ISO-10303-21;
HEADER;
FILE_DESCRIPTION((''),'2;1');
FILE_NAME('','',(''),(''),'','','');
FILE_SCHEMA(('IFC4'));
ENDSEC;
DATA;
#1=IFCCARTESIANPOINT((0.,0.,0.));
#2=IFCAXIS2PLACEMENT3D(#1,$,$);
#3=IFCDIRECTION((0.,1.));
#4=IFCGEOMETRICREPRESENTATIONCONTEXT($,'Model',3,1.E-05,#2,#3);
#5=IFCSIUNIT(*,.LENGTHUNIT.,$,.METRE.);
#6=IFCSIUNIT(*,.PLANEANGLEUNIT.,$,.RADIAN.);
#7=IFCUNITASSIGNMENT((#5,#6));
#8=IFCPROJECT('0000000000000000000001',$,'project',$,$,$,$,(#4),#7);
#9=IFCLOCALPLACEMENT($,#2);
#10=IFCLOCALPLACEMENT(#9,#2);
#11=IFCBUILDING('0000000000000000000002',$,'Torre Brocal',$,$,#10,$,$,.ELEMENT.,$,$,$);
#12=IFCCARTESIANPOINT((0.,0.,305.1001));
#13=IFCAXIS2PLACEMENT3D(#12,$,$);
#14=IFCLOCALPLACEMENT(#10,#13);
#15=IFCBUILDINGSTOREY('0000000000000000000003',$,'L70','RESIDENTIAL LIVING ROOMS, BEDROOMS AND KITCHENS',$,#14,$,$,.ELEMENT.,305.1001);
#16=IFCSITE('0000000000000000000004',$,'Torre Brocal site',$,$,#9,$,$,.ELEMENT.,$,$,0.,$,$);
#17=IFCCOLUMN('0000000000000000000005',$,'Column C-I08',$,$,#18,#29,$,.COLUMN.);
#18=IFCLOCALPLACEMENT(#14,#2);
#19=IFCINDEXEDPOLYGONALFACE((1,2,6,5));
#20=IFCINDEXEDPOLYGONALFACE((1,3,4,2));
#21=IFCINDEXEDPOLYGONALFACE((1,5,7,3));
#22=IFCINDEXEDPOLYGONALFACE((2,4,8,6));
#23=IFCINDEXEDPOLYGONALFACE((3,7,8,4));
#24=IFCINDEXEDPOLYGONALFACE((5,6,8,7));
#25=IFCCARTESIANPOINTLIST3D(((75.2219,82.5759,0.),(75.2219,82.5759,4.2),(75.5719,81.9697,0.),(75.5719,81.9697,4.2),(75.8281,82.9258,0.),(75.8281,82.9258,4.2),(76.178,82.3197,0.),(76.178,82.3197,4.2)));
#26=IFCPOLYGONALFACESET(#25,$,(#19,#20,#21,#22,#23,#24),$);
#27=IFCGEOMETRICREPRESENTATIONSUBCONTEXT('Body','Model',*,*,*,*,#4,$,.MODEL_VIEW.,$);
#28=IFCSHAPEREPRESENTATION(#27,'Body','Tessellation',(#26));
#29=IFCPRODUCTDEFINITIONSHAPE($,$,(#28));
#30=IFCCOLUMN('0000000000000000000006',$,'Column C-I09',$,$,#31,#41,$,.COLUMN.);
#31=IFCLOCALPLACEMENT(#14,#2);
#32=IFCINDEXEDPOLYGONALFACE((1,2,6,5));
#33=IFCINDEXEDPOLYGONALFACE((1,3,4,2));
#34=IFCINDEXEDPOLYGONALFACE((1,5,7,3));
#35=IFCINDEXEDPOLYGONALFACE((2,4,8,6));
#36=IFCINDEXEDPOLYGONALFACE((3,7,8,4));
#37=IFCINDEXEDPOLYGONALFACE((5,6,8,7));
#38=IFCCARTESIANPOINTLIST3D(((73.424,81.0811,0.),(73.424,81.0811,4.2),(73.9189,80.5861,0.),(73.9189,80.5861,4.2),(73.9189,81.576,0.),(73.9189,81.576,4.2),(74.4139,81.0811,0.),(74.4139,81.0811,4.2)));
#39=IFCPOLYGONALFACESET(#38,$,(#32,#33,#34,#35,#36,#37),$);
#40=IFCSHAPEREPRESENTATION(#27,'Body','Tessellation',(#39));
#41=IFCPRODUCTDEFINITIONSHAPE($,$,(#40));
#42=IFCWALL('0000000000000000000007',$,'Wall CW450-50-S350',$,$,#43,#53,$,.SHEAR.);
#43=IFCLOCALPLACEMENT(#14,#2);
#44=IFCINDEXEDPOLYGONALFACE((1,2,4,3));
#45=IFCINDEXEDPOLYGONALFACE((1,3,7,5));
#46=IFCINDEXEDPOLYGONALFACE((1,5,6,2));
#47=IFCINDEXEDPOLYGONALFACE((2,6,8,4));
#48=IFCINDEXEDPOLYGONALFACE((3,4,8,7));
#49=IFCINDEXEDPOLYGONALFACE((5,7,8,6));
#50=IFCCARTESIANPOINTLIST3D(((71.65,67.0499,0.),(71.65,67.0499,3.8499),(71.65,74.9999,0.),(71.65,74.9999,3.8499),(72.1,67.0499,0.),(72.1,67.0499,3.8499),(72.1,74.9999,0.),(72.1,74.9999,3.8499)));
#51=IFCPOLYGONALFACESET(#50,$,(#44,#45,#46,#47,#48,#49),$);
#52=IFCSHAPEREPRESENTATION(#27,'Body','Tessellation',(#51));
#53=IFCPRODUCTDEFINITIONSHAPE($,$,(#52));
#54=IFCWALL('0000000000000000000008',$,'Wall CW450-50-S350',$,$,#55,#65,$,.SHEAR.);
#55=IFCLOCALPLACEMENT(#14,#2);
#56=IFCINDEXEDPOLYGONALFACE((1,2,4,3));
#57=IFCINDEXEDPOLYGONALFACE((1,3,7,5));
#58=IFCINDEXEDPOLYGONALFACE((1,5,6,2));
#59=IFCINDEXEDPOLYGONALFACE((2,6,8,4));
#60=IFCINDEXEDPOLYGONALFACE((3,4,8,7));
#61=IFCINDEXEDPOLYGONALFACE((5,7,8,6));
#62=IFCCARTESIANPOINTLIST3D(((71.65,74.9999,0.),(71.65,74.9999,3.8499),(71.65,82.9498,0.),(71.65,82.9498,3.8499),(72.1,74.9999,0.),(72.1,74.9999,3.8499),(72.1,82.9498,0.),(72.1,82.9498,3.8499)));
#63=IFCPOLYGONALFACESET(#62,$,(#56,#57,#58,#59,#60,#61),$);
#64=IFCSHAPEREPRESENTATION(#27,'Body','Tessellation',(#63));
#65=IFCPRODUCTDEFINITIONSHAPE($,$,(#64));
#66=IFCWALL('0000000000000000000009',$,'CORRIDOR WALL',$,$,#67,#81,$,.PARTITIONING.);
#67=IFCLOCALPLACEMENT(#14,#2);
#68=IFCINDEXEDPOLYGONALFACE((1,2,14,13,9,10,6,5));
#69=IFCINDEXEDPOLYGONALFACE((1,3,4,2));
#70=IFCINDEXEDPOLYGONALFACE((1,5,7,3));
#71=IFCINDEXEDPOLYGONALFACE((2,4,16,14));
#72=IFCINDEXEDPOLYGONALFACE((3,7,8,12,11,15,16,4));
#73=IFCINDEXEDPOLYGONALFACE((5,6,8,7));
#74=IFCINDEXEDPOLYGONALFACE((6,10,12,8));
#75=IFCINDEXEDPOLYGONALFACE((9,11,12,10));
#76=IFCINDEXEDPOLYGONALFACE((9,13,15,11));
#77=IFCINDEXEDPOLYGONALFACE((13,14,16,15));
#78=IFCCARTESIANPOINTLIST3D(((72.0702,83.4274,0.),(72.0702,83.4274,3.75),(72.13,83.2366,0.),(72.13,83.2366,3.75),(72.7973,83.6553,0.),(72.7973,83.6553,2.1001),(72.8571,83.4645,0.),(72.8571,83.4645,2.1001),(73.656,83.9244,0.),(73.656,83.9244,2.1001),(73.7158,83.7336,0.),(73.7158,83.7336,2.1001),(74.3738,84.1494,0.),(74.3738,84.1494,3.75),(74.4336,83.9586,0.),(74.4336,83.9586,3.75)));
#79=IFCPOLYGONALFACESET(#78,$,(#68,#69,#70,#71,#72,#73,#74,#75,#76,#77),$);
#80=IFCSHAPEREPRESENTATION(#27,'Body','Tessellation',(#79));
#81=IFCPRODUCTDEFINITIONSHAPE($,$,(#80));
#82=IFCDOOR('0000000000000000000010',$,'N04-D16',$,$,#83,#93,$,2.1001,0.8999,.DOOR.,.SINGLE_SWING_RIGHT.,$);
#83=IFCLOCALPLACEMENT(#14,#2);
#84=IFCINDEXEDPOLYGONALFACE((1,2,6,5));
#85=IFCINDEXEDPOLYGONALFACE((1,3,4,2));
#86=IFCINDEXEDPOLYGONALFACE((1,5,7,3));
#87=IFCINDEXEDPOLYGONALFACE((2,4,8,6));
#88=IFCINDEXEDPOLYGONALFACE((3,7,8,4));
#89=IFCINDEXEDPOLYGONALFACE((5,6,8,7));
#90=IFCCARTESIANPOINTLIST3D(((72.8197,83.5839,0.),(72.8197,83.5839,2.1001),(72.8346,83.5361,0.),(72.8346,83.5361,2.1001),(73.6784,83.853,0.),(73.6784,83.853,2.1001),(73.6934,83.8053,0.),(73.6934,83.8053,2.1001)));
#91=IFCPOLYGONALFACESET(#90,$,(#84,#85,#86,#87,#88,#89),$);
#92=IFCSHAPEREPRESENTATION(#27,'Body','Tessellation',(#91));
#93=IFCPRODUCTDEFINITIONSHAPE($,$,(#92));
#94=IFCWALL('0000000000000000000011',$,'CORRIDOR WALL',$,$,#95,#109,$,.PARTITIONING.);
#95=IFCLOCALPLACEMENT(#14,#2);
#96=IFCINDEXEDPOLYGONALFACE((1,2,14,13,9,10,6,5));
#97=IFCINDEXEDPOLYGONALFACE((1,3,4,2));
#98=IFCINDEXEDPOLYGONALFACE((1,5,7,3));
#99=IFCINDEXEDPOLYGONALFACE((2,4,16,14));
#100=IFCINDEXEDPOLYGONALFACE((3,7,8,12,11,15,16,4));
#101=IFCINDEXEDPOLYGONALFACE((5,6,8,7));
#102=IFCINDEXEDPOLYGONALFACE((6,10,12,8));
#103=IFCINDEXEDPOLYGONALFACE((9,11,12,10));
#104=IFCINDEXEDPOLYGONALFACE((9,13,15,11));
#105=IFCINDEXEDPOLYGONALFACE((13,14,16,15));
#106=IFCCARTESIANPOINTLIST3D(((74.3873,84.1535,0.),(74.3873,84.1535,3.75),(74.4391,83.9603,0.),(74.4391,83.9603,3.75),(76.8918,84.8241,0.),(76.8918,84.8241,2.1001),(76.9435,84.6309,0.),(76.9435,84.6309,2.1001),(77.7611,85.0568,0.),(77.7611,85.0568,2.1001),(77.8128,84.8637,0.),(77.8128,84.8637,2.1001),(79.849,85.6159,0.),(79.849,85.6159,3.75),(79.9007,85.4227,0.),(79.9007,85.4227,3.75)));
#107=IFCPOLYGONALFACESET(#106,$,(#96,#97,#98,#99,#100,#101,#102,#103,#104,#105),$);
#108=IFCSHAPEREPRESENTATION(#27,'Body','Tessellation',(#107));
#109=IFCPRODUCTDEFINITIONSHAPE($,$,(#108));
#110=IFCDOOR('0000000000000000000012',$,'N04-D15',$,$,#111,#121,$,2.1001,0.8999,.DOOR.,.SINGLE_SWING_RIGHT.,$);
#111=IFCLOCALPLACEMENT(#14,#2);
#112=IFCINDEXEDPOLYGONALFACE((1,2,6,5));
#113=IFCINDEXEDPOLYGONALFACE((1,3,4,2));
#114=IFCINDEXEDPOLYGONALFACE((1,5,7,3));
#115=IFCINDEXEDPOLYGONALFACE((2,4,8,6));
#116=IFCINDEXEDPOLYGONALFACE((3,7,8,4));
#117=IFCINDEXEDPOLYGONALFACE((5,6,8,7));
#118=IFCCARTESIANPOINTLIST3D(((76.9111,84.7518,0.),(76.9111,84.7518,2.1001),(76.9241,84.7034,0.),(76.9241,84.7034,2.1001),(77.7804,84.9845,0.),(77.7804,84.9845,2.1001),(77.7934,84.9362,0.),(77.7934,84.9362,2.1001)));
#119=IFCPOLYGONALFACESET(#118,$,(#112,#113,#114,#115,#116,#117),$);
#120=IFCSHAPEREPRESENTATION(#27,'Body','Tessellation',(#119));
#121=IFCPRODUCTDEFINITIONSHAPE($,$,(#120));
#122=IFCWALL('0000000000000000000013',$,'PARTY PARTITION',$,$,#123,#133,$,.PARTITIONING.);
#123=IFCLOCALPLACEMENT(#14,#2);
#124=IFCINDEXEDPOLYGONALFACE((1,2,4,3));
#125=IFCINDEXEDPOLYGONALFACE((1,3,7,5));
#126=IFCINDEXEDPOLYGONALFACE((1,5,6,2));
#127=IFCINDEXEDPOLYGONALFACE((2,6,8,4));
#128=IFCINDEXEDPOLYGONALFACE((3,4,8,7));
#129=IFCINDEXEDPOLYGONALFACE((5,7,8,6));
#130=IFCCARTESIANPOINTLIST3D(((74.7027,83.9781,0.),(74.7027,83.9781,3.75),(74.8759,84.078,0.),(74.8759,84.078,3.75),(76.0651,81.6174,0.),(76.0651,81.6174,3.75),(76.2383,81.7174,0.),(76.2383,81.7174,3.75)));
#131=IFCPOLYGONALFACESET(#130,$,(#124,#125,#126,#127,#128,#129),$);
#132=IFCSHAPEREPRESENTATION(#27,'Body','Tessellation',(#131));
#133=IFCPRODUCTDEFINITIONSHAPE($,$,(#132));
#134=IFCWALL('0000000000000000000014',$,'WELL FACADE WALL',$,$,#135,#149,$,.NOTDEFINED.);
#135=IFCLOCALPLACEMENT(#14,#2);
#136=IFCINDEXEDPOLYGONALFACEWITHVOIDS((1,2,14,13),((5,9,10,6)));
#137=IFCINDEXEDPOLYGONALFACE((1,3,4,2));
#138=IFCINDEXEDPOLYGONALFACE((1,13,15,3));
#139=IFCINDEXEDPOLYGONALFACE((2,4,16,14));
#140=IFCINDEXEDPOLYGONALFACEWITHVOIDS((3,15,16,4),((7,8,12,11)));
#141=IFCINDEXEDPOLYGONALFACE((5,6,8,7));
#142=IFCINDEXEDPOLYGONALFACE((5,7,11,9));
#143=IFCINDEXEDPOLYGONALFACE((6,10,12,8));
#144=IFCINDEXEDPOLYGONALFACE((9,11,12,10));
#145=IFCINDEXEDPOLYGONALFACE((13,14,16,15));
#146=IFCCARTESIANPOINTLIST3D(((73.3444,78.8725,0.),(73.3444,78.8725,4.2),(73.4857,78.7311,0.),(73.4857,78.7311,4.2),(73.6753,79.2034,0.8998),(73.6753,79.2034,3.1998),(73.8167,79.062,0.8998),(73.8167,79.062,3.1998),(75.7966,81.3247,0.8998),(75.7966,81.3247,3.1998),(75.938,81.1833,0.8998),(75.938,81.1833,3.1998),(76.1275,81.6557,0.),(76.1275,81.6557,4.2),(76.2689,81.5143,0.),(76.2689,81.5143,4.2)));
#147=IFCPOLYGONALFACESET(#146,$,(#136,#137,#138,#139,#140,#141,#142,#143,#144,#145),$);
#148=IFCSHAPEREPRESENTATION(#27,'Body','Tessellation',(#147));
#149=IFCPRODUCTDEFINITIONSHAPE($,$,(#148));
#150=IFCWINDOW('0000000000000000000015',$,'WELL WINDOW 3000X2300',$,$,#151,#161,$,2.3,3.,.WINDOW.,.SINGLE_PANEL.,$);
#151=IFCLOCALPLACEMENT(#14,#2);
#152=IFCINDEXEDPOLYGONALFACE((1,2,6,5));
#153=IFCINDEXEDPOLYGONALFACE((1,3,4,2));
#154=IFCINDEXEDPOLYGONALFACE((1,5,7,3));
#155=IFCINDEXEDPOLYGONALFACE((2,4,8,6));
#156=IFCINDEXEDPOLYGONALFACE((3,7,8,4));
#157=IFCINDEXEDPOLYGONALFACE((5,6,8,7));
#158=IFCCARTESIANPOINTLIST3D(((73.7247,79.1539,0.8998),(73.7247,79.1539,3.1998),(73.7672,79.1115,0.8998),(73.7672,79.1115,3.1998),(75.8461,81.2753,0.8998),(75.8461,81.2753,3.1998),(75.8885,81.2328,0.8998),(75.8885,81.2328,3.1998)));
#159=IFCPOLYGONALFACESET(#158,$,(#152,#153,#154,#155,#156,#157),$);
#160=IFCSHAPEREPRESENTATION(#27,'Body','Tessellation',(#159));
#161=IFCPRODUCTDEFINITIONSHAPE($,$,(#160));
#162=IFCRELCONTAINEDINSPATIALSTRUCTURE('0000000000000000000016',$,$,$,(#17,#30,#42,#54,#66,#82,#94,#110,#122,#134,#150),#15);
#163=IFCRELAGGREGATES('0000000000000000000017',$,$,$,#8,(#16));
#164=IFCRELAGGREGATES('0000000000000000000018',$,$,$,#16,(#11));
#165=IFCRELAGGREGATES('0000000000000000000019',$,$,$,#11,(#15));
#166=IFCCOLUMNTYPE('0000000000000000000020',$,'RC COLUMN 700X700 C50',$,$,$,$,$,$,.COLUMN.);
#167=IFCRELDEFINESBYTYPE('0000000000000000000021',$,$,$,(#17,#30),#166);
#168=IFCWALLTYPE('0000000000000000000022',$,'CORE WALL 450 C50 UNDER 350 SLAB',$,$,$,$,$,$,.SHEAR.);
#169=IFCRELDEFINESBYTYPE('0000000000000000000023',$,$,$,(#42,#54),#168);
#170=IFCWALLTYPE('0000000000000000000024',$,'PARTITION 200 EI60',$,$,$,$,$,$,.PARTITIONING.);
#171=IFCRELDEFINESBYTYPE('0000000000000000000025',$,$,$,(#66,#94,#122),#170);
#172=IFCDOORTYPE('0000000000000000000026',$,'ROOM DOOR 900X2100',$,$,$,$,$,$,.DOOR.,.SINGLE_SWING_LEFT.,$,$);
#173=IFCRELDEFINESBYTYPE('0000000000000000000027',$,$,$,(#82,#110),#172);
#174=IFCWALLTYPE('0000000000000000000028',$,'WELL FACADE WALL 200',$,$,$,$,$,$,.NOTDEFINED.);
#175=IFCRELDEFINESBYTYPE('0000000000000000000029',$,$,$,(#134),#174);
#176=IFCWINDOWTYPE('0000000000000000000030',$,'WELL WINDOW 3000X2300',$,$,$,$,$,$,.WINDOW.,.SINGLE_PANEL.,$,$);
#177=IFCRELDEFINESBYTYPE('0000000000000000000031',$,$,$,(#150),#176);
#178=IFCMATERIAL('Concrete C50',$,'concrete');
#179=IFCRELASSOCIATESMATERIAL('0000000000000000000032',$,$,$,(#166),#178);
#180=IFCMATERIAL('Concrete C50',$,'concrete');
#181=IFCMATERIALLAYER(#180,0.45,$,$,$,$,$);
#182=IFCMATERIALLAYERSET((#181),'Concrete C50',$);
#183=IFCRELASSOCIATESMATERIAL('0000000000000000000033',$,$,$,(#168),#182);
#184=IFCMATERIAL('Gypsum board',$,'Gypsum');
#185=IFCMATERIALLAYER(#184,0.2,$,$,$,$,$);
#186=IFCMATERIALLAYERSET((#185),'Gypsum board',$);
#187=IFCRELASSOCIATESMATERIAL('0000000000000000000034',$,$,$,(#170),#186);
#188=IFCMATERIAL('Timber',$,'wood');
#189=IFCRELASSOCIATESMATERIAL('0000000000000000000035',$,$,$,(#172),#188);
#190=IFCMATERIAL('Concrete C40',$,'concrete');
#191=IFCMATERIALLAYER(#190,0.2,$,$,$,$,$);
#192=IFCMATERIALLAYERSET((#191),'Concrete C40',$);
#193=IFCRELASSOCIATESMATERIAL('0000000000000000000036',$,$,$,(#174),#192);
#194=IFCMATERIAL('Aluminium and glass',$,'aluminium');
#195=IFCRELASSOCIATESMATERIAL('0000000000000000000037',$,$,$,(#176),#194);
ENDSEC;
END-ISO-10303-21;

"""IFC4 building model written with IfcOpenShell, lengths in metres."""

from ifc_helpers import new_model, si_unit, direction, frame, frame_2d, origin, origin_2d, place, context, subcontext, project, spatial, rectangle, extrude, material, layer, layer_set, material_profile, profile_set, type_object, element, fill, save


model = new_model("IFC4")

# Units and contexts
model_context = context("Model", 3, precision=1e-05, world=origin(), true_north=direction((0.0, 1.0)))
body_context = subcontext(model_context, "Body", "Model", "MODEL_VIEW")
ifc_project = project(units=[si_unit("LENGTHUNIT", "METRE"), si_unit("PLANEANGLEUNIT", "RADIAN")], contexts=[model_context])

# Site, building, storey
site_placement = place(None, origin())
site = spatial("IfcSite", under=ifc_project, at=site_placement, Name="Torre Brocal site", CompositionType="ELEMENT", RefElevation=0.0)
building_placement = place(site_placement, origin())
building = spatial("IfcBuilding", under=site, at=building_placement, Name="Torre Brocal", CompositionType="ELEMENT")
storey_placement = place(building_placement, frame((0.0, 0.0, 305.1001)))
storey = spatial("IfcBuildingStorey", under=building, at=storey_placement, Name="L70", Description="RESIDENTIAL LIVING ROOMS, BEDROOMS AND KITCHENS", CompositionType="ELEMENT", Elevation=305.1001)

# Columns
ifc_material_1 = material(Name="Concrete C50", Category="concrete")
ifc_material_profile = material_profile(ifc_material_1, rectangle(XDim=0.7, YDim=0.7, at=origin_2d()), Name="RC 700X700")
ifc_profile_set = profile_set([ifc_material_profile], Name="Concrete C50")
column_type = type_object("IfcColumnType", Name="RC COLUMN 700X700 C50", PredefinedType="COLUMN", material=ifc_profile_set)
for number, where, z_axis, x_axis, name in (
    (1, (75.7, 82.4478, 0.0), (0.0, 0.0, 1.0), (-0.5, 0.866025, 0.0), "Column C-I08"),
    (2, (73.9189, 81.0811, 0.0), (0.0, 0.0, 1.0), (-0.707107, 0.707107, 0.0), "Column C-I09"),
):
    element("IfcColumn", number, at=place(storey_placement, frame(where, z_axis=z_axis, x_axis=x_axis)), inside=storey, type_object=column_type, Name=name, PredefinedType="COLUMN", context=body_context, shape_type="SweptSolid", body=[
        extrude(rectangle(XDim=0.7, YDim=0.7, at=origin_2d()), origin(), (0.0, 0.0, 1.0), 4.2),
    ])

# Shared definitions
ifc_material_2 = material(Name="Concrete C50", Category="concrete")
ifc_layer_1 = layer(ifc_material_2, 0.45)
ifc_layer_set_1 = layer_set([ifc_layer_1], Name="Concrete C50")
wall_type_1 = type_object("IfcWallType", Name="CORE WALL 450 C50 UNDER 350 SLAB", PredefinedType="SHEAR", material=ifc_layer_set_1)

# Walls
for number, where, z_axis, x_axis, name in (
    (3, (71.875, 75.0, 0.0), (0.0, 0.0, 1.0), (0.0, -1.0, 0.0), "Wall CW450-50-S350"),
    (4, (71.875, 82.95, 0.0), (0.0, 0.0, 1.0), (0.0, -1.0, 0.0), "Wall CW450-50-S350"),
):
    element("IfcWall", number, at=place(storey_placement, frame(where, z_axis=z_axis, x_axis=x_axis)), inside=storey, type_object=wall_type_1, Name=name, PredefinedType="SHEAR", context=body_context, shape_type="SweptSolid", body=[
        extrude(rectangle(XDim=7.95, YDim=0.45, at=frame_2d((3.9751, 0.0))), origin(), (0.0, 0.0, 1.0), 3.8499),
    ])

# Walls, openings, doors
ifc_material_3 = material(Name="Gypsum board", Category="Gypsum")
ifc_layer_2 = layer(ifc_material_3, 0.2)
ifc_layer_set_2 = layer_set([ifc_layer_2], Name="Gypsum board")
wall_type_2 = type_object("IfcWallType", Name="PARTITION 200 EI60", PredefinedType="PARTITIONING", material=ifc_layer_set_2)
wall_1_placement = place(storey_placement, frame((72.1001, 83.332, 0.0), z_axis=(0.0, 0.0, 1.0), x_axis=(0.954233, 0.299064, 0.0)))
wall_1 = element("IfcWall", 5, at=wall_1_placement, inside=storey, type_object=wall_type_2, Name="CORRIDOR WALL", PredefinedType="PARTITIONING", context=body_context, shape_type="SweptSolid", body=[
    extrude(rectangle(XDim=2.4141, YDim=0.2, at=frame_2d((1.207, 0.0))), origin(), (0.0, 0.0, 1.0), 3.75),
])
opening_1_placement = place(wall_1_placement, frame((0.762, 0.0, 0.0)))
opening_1 = element("IfcOpeningElement", 6, at=opening_1_placement, cuts=wall_1, PredefinedType="OPENING", context=body_context, shape_type="SweptSolid", body=[
    extrude(rectangle(XDim=0.8999, YDim=2.1001, at=frame_2d((0.45, 1.05))), frame((0.0, 0.1099, 0.0), z_axis=(0.0, -1.0, 0.0), x_axis=(1.0, 0.0, 0.0)), (0.0, 0.0, 1.0), 0.22),
])
ifc_material_4 = material(Name="Timber", Category="wood")
door_type_1 = type_object("IfcDoorType", Name="ROOM DOOR 900X2100", OperationType="SINGLE_SWING_LEFT", PredefinedType="DOOR", material=ifc_material_4)
door_1_placement = place(opening_1_placement, frame((0.8999, 0.0, 0.0), z_axis=(0.0, 0.0, 1.0), x_axis=(-1.0, 0.0, 0.0)))
door_1 = element("IfcDoor", 7, at=door_1_placement, inside=storey, type_object=door_type_1, Name="N04-D16", OperationType="SINGLE_SWING_RIGHT", OverallHeight=2.1001, OverallWidth=0.8999, PredefinedType="DOOR", context=body_context, shape_type="SweptSolid", body=[
    extrude(rectangle(XDim=0.8999, YDim=2.1001, at=frame_2d((0.45, 1.05))), frame((0.0, 0.0249, 0.0), z_axis=(0.0, -1.0, 0.0), x_axis=(1.0, 0.0, 0.0)), (0.0, 0.0, 1.0), 0.05),
])
fill(opening_1, door_1)
wall_2_placement = place(storey_placement, frame((74.4131, 84.0569, 0.0), z_axis=(0.0, 0.0, 1.0), x_axis=(0.965972, 0.258646, 0.0)))
wall_2 = element("IfcWall", 8, at=wall_2_placement, inside=storey, type_object=wall_type_2, Name="CORRIDOR WALL", PredefinedType="PARTITIONING", context=body_context, shape_type="SweptSolid", body=[
    extrude(rectangle(XDim=5.6541, YDim=0.2, at=frame_2d((2.8271, 0.0))), origin(), (0.0, 0.0, 1.0), 3.75),
])
opening_2_placement = place(wall_2_placement, frame((2.5928, 0.0, 0.0)))
opening_2 = element("IfcOpeningElement", 9, at=opening_2_placement, cuts=wall_2, PredefinedType="OPENING", context=body_context, shape_type="SweptSolid", body=[
    extrude(rectangle(XDim=0.8999, YDim=2.1001, at=frame_2d((0.45, 1.05))), frame((0.0, 0.1099, 0.0), z_axis=(0.0, -1.0, 0.0), x_axis=(1.0, 0.0, 0.0)), (0.0, 0.0, 1.0), 0.22),
])
door_2_placement = place(opening_2_placement, frame((0.8999, 0.0, 0.0), z_axis=(0.0, 0.0, 1.0), x_axis=(-1.0, 0.0, 0.0)))
door_2 = element("IfcDoor", 10, at=door_2_placement, inside=storey, type_object=door_type_1, Name="N04-D15", OperationType="SINGLE_SWING_RIGHT", OverallHeight=2.1001, OverallWidth=0.8999, PredefinedType="DOOR", context=body_context, shape_type="SweptSolid", body=[
    extrude(rectangle(XDim=0.8999, YDim=2.1001, at=frame_2d((0.45, 1.05))), frame((0.0, 0.0249, 0.0), z_axis=(0.0, -1.0, 0.0), x_axis=(1.0, 0.0, 0.0)), (0.0, 0.0, 1.0), 0.05),
])
fill(opening_2, door_2)

# Wall
wall_3_placement = place(storey_placement, frame((74.7893, 84.0281, 0.0), z_axis=(0.0, 0.0, 1.0), x_axis=(0.499839, -0.866118, 0.0)))
element("IfcWall", 11, at=wall_3_placement, inside=storey, type_object=wall_type_2, Name="PARTY PARTITION", PredefinedType="PARTITIONING", context=body_context, shape_type="SweptSolid", body=[
    extrude(rectangle(XDim=2.7256, YDim=0.2, at=frame_2d((1.3628, 0.0))), origin(), (0.0, 0.0, 1.0), 3.75),
])

# Wall, opening, window
ifc_material_5 = material(Name="Concrete C40", Category="concrete")
ifc_layer_3 = layer(ifc_material_5, 0.2)
ifc_layer_set_3 = layer_set([ifc_layer_3], Name="Concrete C40")
wall_type_3 = type_object("IfcWallType", Name="WELL FACADE WALL 200", PredefinedType="NOTDEFINED", material=ifc_layer_set_3)
wall_4_placement = place(storey_placement, frame((76.1982, 81.585, 0.0), z_axis=(0.0, 0.0, 1.0), x_axis=(-0.707107, -0.707107, 0.0)))
wall_4 = element("IfcWall", 12, at=wall_4_placement, inside=storey, type_object=wall_type_3, Name="WELL FACADE WALL", PredefinedType="NOTDEFINED", context=body_context, shape_type="SweptSolid", body=[
    extrude(rectangle(XDim=3.936, YDim=0.2, at=frame_2d((1.968, 0.0))), origin(), (0.0, 0.0, 1.0), 4.2),
])
opening_3_placement = place(wall_4_placement, frame((0.468, 0.0, 0.8999)))
opening_3 = element("IfcOpeningElement", 13, at=opening_3_placement, cuts=wall_4, PredefinedType="OPENING", context=body_context, shape_type="SweptSolid", body=[
    extrude(rectangle(XDim=3.0, YDim=2.3, at=frame_2d((1.5, 1.1499))), frame((0.0, 0.1099, 0.0), z_axis=(0.0, -1.0, 0.0), x_axis=(1.0, 0.0, 0.0)), (0.0, 0.0, 1.0), 0.22),
])
ifc_material_6 = material(Name="Aluminium and glass", Category="aluminium")
window_type = type_object("IfcWindowType", Name="WELL WINDOW 3000X2300", PartitioningType="SINGLE_PANEL", PredefinedType="WINDOW", material=ifc_material_6)
window_1_placement = place(opening_3_placement, origin())
window_1 = element("IfcWindow", 14, at=window_1_placement, inside=storey, type_object=window_type, Name="WELL WINDOW 3000X2300", OverallHeight=2.3, OverallWidth=3.0, PartitioningType="SINGLE_PANEL", PredefinedType="WINDOW", context=body_context, shape_type="SweptSolid", body=[
    extrude(rectangle(XDim=3.0, YDim=2.3, at=frame_2d((1.5, 1.1499))), frame((0.0, 0.03, 0.0), z_axis=(0.0, -1.0, 0.0), x_axis=(1.0, 0.0, 0.0)), (0.0, 0.0, 1.0), 0.0601),
])
fill(opening_3, window_1)

save(model, "model.ifc")
